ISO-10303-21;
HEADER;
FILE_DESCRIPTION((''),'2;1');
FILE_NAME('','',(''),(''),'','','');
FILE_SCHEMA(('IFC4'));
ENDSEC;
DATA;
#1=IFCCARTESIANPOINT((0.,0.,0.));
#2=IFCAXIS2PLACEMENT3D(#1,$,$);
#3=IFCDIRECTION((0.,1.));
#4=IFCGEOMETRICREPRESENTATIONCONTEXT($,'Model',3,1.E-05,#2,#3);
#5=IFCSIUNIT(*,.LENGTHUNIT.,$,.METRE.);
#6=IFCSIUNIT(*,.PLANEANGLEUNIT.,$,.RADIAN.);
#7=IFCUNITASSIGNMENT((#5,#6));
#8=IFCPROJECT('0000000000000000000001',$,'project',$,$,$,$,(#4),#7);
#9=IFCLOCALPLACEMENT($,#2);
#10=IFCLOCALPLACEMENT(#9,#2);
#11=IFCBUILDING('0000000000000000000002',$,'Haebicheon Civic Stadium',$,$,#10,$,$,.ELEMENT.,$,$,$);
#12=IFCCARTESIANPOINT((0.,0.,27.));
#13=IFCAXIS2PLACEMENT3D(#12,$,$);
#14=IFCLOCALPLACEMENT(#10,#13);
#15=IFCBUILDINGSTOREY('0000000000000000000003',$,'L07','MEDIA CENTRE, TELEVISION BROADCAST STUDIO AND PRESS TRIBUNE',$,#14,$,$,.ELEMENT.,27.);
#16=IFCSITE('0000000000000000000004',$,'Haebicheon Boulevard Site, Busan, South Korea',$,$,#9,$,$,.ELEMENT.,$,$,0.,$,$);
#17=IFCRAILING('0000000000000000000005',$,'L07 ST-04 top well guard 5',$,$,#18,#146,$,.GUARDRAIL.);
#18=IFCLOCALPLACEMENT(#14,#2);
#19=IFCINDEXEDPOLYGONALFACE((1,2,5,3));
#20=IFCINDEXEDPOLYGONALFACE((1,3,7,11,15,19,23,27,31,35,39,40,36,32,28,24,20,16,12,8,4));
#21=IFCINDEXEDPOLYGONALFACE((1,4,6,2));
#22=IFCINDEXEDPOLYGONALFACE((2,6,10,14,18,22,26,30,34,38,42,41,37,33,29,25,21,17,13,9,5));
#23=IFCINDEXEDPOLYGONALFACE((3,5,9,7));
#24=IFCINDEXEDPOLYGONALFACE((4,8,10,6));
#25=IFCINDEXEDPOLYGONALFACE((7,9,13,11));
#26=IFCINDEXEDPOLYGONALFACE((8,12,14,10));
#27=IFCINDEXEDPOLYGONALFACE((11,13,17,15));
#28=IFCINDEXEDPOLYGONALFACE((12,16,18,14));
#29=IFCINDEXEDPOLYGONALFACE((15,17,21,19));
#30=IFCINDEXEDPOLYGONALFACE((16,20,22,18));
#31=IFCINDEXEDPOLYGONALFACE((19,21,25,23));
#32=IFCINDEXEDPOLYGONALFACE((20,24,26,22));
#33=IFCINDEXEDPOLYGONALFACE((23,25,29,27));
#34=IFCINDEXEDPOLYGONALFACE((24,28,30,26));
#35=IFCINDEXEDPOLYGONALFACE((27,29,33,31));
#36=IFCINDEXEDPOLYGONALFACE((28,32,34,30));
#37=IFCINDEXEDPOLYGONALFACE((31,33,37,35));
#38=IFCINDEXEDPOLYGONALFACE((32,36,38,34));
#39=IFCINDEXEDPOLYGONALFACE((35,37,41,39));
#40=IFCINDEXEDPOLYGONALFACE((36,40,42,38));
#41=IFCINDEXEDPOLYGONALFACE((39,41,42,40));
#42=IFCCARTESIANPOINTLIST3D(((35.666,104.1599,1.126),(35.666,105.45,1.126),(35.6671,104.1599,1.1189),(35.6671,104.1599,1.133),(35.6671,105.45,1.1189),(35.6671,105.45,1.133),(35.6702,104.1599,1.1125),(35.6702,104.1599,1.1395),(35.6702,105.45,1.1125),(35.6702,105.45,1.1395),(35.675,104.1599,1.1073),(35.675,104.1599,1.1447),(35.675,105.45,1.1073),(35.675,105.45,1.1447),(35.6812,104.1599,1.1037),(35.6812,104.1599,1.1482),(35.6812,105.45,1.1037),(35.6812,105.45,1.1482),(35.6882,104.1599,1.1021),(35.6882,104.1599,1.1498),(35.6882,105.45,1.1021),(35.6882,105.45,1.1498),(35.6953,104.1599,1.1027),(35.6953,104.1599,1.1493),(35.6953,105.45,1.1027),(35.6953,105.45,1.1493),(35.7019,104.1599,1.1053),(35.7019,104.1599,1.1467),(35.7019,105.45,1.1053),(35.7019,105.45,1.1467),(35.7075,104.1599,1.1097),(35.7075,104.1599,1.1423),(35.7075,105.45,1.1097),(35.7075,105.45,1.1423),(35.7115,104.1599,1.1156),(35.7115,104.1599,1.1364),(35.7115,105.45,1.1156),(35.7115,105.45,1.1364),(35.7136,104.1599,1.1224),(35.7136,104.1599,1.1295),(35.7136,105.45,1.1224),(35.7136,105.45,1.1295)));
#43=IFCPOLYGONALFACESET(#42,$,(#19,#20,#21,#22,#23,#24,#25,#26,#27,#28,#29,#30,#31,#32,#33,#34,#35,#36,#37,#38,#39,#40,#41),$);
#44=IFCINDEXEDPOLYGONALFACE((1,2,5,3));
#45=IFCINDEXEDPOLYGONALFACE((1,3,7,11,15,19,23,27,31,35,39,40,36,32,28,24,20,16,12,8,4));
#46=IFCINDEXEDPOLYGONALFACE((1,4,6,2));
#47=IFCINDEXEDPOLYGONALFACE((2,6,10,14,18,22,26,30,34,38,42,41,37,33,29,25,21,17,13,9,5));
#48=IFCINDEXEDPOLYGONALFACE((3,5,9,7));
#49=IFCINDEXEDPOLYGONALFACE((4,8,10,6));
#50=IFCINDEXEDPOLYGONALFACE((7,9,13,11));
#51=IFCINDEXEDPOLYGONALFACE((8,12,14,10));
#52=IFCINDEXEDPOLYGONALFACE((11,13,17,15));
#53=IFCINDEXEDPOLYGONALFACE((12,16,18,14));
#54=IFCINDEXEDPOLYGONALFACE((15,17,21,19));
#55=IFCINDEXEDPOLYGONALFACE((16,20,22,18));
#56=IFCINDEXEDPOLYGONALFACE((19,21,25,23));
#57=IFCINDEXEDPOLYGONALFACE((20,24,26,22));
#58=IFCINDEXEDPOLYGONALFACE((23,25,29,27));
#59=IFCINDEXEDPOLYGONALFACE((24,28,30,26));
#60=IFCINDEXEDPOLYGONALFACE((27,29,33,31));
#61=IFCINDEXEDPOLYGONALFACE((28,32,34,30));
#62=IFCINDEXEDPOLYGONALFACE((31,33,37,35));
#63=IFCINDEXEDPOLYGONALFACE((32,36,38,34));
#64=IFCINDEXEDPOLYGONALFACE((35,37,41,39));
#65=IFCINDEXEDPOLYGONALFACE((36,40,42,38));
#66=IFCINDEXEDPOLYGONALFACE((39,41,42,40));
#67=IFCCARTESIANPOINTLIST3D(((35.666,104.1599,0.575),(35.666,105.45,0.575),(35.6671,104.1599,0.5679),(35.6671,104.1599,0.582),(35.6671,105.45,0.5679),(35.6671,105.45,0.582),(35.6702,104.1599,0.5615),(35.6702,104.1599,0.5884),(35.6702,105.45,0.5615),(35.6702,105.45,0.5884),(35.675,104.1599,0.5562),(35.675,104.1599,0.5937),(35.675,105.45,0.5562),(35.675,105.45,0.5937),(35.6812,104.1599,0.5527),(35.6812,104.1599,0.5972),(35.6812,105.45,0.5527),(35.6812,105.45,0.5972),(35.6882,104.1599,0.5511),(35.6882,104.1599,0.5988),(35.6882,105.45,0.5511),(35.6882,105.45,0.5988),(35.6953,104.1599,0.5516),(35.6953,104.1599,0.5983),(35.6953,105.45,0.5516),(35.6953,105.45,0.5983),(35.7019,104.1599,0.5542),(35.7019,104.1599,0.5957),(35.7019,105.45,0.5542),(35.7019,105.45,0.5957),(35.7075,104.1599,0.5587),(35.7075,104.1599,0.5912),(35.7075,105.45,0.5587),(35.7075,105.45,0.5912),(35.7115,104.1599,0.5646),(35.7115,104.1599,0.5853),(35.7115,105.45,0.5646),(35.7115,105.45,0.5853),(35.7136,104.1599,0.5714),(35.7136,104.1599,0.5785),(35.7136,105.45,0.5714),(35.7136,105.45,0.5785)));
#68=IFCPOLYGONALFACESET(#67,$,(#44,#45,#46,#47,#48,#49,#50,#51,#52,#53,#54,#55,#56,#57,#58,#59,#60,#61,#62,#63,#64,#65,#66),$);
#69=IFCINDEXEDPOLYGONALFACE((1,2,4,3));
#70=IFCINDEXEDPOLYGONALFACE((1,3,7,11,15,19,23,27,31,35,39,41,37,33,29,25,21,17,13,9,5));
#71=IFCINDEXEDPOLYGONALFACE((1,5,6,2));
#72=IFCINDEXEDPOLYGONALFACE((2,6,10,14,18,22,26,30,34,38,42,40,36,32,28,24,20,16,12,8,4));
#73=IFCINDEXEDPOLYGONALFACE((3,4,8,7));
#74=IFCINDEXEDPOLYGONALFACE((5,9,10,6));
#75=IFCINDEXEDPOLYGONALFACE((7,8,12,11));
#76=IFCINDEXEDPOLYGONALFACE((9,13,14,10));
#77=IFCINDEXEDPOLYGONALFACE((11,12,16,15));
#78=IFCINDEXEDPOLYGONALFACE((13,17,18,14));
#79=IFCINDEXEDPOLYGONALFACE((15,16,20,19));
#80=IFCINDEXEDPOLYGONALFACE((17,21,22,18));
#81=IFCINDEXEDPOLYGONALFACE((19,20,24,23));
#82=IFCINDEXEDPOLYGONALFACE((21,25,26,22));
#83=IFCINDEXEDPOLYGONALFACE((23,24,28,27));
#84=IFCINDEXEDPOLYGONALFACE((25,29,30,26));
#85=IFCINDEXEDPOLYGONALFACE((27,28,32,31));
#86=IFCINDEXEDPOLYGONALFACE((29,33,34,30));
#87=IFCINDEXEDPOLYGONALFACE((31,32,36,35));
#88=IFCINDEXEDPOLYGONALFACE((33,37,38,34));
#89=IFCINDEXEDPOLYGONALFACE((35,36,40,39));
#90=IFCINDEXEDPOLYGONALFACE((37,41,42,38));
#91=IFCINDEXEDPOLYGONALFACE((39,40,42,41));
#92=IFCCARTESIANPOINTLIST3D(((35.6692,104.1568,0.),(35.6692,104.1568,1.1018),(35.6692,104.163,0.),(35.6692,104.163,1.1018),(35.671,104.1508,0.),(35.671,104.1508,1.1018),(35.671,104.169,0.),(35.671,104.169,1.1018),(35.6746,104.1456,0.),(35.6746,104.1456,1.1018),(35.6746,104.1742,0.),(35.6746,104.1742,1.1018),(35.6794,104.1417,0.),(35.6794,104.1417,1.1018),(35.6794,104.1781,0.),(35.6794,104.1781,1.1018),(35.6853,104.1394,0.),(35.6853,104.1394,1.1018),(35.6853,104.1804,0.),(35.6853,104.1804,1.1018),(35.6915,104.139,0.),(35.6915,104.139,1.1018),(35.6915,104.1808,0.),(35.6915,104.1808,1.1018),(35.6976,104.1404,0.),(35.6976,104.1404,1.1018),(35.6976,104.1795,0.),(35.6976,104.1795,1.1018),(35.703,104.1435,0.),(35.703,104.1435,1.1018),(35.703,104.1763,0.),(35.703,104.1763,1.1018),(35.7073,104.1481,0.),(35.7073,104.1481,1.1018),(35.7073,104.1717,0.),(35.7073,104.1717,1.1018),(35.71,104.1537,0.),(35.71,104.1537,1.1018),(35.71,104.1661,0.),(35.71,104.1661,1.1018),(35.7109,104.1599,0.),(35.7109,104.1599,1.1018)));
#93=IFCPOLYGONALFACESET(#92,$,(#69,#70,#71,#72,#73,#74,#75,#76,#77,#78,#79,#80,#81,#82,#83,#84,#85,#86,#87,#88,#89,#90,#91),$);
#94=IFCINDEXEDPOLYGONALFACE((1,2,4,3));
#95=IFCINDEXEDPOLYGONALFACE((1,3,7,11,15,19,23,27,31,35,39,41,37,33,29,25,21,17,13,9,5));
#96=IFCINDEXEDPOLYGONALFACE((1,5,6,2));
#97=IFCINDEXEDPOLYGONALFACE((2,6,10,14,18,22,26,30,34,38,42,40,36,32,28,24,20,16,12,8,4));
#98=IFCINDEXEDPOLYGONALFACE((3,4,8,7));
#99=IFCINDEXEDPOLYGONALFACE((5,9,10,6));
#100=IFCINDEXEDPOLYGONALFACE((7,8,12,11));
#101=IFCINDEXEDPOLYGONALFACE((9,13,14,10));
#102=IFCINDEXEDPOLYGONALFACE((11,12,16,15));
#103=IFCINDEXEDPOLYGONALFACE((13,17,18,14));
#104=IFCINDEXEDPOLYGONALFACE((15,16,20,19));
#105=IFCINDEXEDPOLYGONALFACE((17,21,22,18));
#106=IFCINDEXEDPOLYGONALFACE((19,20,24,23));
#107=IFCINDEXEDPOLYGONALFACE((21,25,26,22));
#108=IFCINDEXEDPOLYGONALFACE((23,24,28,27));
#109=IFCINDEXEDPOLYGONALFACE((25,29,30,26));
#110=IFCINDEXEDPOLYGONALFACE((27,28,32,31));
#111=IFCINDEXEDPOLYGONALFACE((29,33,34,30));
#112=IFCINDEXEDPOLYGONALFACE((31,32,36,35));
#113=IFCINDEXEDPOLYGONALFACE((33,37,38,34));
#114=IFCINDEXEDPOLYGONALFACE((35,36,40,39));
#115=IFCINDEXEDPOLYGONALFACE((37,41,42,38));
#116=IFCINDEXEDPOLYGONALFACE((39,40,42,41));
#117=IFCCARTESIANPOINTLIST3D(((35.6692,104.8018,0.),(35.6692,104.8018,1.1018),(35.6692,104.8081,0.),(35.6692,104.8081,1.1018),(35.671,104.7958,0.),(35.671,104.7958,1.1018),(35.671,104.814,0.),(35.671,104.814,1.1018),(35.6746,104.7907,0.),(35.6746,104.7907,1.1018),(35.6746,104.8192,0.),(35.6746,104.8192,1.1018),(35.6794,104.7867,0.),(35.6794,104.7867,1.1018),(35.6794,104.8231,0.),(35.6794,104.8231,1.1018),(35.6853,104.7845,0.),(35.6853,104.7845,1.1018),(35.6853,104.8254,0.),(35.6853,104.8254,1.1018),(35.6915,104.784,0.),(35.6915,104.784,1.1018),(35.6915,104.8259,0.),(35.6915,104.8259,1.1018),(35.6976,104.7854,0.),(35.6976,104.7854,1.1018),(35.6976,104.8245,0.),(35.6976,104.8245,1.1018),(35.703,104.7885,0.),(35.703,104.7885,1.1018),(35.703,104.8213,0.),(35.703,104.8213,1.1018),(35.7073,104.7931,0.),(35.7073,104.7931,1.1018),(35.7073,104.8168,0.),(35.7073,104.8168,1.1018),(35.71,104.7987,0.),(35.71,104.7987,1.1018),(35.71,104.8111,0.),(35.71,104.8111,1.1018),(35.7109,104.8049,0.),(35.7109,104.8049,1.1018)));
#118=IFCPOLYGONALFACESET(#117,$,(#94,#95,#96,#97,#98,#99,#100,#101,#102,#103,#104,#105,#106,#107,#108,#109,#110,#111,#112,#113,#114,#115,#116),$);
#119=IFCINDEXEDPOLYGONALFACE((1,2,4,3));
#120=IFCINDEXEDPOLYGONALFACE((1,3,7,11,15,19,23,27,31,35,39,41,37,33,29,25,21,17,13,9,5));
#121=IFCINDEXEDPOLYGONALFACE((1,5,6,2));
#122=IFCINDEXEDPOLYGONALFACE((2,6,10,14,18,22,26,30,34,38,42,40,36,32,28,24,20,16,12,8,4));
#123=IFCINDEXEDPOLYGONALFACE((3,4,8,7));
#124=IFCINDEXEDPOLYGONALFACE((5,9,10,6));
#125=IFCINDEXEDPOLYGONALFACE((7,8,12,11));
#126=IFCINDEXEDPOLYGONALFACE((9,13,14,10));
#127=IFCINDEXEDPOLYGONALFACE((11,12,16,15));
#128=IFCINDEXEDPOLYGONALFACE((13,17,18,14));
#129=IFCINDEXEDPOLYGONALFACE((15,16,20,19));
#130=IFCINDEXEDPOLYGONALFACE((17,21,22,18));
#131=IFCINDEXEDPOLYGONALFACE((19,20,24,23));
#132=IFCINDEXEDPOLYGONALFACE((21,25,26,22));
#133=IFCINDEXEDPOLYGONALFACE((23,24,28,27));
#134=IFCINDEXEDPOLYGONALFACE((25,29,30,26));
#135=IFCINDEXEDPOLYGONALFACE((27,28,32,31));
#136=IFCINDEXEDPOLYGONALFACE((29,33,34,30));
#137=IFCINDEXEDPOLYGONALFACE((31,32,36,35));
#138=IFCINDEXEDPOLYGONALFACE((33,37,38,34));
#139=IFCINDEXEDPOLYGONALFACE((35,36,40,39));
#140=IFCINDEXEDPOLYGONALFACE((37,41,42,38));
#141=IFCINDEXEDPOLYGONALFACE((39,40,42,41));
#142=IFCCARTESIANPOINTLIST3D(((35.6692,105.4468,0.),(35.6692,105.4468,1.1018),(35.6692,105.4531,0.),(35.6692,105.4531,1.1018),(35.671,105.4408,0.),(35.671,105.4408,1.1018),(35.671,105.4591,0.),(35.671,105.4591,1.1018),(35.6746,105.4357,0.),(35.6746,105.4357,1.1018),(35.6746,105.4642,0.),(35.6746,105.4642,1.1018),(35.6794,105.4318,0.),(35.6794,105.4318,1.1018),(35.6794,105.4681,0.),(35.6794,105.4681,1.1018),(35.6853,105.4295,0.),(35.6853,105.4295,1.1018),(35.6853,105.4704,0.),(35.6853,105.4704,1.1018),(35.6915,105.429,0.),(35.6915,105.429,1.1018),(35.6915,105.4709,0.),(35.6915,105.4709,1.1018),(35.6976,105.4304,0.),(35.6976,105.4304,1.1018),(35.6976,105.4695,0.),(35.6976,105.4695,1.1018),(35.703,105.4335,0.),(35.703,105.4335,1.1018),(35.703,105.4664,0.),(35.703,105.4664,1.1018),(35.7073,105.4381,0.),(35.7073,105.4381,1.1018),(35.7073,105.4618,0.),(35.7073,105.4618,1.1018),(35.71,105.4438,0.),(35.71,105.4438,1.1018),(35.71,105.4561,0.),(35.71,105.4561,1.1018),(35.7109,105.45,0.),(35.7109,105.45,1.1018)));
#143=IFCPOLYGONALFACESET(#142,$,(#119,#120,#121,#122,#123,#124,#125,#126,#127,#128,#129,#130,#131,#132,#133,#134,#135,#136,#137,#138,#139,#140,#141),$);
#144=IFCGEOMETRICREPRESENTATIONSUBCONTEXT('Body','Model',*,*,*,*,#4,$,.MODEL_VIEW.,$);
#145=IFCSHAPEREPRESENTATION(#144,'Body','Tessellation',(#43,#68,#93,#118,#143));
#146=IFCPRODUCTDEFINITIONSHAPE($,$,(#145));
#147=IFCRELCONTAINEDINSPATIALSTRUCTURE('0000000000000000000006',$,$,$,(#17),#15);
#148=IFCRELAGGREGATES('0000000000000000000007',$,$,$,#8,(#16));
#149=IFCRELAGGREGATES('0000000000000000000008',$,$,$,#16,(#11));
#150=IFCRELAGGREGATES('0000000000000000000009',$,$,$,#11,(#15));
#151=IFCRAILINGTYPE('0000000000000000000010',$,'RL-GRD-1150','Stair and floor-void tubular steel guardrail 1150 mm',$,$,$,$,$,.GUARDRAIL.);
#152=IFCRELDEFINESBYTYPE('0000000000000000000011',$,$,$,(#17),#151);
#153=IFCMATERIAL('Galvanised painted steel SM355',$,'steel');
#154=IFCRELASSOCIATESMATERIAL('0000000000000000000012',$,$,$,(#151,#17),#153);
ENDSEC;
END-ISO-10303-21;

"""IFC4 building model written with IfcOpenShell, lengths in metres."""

from ifc_helpers import new_model, si_unit, direction, frame, origin, origin_2d, place, context, subcontext, project, spatial, circle, extrude, material, type_object, element, save


model = new_model("IFC4")

# Units and contexts
model_context = context("Model", 3, precision=1e-05, world=origin(), true_north=direction((0.0, 1.0)))
body_context = subcontext(model_context, "Body", "Model", "MODEL_VIEW")
ifc_project = project(units=[si_unit("LENGTHUNIT", "METRE"), si_unit("PLANEANGLEUNIT", "RADIAN")], contexts=[model_context])

# Site, building, storey
site_placement = place(None, origin())
site = spatial("IfcSite", under=ifc_project, at=site_placement, Name="Haebicheon Boulevard Site, Busan, South Korea", CompositionType="ELEMENT", RefElevation=0.0)
building_placement = place(site_placement, origin())
building = spatial("IfcBuilding", under=site, at=building_placement, Name="Haebicheon Civic Stadium", CompositionType="ELEMENT")
storey_placement = place(building_placement, frame((0.0, 0.0, 27.0)))
storey = spatial("IfcBuildingStorey", under=building, at=storey_placement, Name="L07", Description="MEDIA CENTRE, TELEVISION BROADCAST STUDIO AND PRESS TRIBUNE", CompositionType="ELEMENT", Elevation=27.0)

# Railing
ifc_material_1 = material(Name="Galvanised painted steel SM355", Category="steel")
railing_type = type_object("IfcRailingType", Name="RL-GRD-1150", Description="Stair and floor-void tubular steel guardrail 1150 mm", PredefinedType="GUARDRAIL", material=ifc_material_1)
for number, where, name in (
    (1, (35.6899, 104.1599, 0.0), "L07 ST-04 top well guard 5"),
):
    element("IfcRailing", number, at=place(storey_placement, frame(where)), inside=storey, type_object=railing_type, material=ifc_material_1, Name=name, PredefinedType="GUARDRAIL", context=body_context, shape_type="SweptSolid", body=[
        extrude(circle(Radius=0.0239, at=origin_2d()), frame((0.0, 0.0, 1.126), z_axis=(0.0, 1.0, 0.0), x_axis=(-1.0, 0.0, 0.0)), (0.0, 0.0, 1.0), 1.29),
        extrude(circle(Radius=0.0239, at=origin_2d()), frame((0.0, 0.0, 0.575), z_axis=(0.0, 1.0, 0.0), x_axis=(-1.0, 0.0, 0.0)), (0.0, 0.0, 1.0), 1.29),
        extrude(circle(Radius=0.021, at=origin_2d()), origin(), (0.0, 0.0, 1.0), 1.1018),
        extrude(circle(Radius=0.021, at=origin_2d()), frame((0.0, 0.645, 0.0)), (0.0, 0.0, 1.0), 1.1018),
        extrude(circle(Radius=0.021, at=origin_2d()), frame((0.0, 1.29, 0.0)), (0.0, 0.0, 1.0), 1.1018),
    ])

save(model, "model.ifc")
